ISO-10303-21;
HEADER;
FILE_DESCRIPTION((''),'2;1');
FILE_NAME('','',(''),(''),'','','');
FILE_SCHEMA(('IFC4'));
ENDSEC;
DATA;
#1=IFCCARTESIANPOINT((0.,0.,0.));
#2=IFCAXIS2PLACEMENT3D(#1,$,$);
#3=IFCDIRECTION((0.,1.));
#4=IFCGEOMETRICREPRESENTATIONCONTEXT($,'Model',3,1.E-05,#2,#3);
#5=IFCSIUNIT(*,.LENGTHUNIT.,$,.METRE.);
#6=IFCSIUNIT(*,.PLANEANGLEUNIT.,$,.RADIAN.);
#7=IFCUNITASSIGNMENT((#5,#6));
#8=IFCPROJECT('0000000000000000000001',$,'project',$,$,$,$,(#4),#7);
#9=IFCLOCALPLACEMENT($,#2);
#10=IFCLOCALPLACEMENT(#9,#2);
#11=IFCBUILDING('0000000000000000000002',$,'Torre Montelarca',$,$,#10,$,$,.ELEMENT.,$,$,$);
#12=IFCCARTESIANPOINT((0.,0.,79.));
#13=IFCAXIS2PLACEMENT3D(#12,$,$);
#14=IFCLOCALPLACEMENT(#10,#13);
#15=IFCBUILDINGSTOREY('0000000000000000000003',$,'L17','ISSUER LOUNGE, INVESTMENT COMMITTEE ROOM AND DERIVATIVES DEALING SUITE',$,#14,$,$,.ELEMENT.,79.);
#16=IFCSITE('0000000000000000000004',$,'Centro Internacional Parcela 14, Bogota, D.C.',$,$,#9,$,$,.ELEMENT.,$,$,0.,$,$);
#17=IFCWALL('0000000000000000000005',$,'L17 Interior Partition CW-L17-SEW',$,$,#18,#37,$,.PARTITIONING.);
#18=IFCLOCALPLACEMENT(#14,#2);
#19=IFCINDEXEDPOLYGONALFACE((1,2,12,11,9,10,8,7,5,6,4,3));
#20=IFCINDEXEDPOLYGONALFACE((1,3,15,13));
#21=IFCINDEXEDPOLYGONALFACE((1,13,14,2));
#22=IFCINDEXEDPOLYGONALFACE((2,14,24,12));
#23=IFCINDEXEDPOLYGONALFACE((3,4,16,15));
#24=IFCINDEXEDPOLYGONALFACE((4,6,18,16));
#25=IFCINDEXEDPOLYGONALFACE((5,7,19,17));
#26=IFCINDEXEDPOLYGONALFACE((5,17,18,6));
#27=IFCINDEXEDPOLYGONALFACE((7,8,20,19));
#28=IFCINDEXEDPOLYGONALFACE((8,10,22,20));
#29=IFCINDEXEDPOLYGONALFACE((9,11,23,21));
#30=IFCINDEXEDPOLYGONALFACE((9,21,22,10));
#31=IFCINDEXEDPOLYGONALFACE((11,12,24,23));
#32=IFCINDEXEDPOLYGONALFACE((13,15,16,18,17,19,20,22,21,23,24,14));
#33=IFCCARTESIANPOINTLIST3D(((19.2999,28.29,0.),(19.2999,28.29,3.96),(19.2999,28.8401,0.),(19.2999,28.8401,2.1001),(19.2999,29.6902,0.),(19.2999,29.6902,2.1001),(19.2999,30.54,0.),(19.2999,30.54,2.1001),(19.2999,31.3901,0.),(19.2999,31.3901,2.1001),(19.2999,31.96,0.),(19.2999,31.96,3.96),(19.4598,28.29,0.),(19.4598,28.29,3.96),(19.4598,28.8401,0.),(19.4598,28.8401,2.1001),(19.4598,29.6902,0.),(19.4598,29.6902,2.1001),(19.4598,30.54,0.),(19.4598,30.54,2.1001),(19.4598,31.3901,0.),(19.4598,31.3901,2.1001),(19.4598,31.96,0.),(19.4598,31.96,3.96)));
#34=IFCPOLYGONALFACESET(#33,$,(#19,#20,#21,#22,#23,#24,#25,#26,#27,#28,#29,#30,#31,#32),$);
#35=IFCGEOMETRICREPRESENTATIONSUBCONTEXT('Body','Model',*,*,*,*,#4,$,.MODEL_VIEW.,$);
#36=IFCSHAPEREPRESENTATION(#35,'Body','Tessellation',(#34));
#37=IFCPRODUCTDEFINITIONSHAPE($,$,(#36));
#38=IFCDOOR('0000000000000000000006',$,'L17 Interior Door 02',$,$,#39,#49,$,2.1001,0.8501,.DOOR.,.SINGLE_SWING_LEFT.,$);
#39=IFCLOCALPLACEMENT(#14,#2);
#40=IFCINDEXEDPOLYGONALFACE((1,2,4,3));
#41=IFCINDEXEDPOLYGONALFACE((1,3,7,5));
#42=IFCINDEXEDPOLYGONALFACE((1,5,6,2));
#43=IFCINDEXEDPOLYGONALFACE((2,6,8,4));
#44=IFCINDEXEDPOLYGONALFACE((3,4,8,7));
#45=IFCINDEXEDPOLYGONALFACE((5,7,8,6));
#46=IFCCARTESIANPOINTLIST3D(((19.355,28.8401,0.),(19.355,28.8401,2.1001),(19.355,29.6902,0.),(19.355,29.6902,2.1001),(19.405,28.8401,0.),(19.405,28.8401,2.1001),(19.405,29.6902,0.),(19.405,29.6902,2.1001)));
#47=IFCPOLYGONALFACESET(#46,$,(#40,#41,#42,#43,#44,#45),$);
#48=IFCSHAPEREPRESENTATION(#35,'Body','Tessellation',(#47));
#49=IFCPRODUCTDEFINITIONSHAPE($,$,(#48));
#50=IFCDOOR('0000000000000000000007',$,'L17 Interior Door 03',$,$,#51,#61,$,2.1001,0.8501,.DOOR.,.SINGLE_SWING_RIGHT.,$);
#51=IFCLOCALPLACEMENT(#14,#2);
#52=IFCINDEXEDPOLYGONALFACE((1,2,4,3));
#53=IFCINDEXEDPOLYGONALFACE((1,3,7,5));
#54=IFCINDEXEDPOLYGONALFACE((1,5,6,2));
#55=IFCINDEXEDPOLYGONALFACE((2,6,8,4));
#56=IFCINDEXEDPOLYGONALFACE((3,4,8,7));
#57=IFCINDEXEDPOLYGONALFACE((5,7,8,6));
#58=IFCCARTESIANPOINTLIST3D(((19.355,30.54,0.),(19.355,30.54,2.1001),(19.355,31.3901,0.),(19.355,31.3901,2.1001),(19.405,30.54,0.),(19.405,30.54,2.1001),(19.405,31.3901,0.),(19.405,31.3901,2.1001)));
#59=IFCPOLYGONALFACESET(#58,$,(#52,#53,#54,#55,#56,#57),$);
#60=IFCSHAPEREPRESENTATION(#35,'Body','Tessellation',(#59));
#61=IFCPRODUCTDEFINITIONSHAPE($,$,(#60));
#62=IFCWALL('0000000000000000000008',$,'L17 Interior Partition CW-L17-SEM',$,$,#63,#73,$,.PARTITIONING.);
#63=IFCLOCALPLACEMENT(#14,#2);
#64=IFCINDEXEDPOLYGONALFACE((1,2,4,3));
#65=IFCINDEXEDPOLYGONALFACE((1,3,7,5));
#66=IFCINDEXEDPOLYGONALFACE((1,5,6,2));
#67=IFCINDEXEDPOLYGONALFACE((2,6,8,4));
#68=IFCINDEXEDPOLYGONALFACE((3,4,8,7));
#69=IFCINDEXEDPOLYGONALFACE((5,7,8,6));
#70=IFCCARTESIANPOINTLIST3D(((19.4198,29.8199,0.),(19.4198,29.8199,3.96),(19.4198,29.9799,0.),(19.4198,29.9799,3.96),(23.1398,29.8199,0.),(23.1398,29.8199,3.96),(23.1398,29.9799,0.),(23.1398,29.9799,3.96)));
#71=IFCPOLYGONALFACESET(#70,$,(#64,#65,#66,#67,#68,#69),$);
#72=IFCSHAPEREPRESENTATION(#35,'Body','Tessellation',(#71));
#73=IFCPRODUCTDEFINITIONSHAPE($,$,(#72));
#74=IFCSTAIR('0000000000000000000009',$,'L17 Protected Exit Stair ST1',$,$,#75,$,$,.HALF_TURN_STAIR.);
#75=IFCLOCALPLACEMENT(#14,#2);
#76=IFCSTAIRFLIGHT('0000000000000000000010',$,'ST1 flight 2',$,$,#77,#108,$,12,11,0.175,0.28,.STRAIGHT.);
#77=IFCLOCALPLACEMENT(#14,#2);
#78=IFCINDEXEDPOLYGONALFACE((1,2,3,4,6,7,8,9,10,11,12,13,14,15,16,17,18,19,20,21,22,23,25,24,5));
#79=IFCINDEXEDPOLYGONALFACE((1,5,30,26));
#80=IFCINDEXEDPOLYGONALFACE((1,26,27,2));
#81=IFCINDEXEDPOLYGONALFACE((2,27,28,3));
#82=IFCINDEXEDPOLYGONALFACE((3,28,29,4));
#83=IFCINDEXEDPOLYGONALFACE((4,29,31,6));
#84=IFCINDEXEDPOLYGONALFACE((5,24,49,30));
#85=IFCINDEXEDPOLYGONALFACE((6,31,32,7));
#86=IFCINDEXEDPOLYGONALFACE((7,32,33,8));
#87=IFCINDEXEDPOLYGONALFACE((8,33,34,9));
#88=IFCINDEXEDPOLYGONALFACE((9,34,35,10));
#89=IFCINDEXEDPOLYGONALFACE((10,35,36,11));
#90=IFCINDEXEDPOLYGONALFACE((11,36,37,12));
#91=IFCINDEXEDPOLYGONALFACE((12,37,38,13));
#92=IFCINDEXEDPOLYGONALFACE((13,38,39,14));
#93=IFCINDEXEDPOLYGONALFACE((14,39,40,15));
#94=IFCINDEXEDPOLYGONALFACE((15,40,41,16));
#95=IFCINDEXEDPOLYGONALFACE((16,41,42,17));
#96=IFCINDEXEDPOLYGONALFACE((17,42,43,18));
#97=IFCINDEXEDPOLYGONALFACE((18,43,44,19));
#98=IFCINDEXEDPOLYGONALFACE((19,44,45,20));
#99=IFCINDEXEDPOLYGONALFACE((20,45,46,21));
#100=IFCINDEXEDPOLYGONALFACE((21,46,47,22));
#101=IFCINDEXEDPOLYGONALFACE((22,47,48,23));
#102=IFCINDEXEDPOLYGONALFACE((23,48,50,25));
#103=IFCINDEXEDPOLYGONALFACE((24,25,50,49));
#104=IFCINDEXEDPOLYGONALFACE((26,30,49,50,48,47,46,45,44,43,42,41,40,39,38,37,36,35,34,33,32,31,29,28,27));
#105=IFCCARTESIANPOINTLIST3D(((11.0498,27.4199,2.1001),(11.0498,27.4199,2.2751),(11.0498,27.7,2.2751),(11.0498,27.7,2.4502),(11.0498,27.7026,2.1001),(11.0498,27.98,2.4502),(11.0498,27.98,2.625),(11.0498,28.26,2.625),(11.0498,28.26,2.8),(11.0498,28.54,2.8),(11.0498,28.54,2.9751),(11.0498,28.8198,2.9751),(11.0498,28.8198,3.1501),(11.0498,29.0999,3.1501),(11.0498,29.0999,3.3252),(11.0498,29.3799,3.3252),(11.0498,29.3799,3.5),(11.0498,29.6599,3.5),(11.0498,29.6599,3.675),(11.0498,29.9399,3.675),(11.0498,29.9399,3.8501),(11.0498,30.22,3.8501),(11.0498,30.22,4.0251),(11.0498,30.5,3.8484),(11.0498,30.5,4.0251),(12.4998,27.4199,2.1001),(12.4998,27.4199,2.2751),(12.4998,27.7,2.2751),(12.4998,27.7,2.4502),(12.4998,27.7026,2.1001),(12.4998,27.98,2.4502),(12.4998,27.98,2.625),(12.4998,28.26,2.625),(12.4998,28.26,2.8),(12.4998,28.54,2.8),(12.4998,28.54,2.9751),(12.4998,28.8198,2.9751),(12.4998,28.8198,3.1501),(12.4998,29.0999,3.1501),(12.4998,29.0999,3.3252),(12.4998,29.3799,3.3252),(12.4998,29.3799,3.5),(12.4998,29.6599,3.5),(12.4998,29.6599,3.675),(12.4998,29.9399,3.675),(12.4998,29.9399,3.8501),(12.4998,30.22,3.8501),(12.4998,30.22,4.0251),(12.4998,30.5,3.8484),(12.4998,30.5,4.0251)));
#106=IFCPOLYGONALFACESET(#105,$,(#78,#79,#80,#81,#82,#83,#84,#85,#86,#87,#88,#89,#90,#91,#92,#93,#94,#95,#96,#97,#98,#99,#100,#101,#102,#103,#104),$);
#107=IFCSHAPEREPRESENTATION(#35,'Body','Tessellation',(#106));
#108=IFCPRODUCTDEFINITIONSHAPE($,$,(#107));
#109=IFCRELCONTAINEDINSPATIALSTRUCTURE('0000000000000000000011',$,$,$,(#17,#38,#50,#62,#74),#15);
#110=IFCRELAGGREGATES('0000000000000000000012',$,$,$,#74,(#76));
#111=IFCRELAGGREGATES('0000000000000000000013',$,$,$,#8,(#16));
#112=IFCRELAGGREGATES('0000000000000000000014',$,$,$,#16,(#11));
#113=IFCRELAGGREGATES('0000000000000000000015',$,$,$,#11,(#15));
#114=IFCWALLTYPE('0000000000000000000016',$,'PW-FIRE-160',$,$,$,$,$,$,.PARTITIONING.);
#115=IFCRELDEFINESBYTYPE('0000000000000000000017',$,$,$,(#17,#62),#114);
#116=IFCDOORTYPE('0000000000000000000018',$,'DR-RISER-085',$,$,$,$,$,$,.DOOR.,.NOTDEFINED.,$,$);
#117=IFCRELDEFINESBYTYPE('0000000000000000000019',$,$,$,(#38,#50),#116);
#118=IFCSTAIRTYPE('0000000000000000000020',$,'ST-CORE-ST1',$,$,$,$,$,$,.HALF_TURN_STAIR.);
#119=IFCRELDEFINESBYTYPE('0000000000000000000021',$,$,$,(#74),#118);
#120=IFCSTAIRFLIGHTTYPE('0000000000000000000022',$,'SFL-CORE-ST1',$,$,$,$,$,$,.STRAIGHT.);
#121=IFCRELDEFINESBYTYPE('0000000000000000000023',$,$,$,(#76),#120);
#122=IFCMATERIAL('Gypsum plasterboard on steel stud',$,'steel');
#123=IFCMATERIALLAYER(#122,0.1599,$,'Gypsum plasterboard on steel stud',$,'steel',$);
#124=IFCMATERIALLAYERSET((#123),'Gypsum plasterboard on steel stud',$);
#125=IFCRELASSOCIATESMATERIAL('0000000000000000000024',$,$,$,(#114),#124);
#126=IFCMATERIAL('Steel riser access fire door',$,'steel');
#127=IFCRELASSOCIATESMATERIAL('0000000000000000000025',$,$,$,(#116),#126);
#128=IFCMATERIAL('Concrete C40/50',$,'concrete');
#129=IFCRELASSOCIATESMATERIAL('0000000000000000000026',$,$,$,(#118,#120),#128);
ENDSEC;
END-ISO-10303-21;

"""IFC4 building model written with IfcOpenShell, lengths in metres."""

from ifc_helpers import new_model, si_unit, direction, frame, frame_2d, origin, place, context, subcontext, project, spatial, polyline, rectangle, outline, extrude, source, transform, mapped, material, layer, layer_set, type_object, element, fill, aggregate, save


model = new_model("IFC4")

# Units and contexts
model_context = context("Model", 3, precision=1e-05, world=origin(), true_north=direction((0.0, 1.0)))
body_context = subcontext(model_context, "Body", "Model", "MODEL_VIEW")
ifc_project = project(units=[si_unit("LENGTHUNIT", "METRE"), si_unit("PLANEANGLEUNIT", "RADIAN")], contexts=[model_context])

# Site, building, storey
site_placement = place(None, origin())
site = spatial("IfcSite", under=ifc_project, at=site_placement, Name="Centro Internacional Parcela 14, Bogota, D.C.", CompositionType="ELEMENT", RefElevation=0.0)
building_placement = place(site_placement, origin())
building = spatial("IfcBuilding", under=site, at=building_placement, Name="Torre Montelarca", CompositionType="ELEMENT")
storey_placement = place(building_placement, frame((0.0, 0.0, 79.0)))
storey = spatial("IfcBuildingStorey", under=building, at=storey_placement, Name="L17", Description="ISSUER LOUNGE, INVESTMENT COMMITTEE ROOM AND DERIVATIVES DEALING SUITE", CompositionType="ELEMENT", Elevation=79.0)

# Shared definitions
ifc_material_1 = material(Name="Concrete C40/50", Category="concrete")

# Shared definitions
ifc_material_2 = material(Name="Gypsum plasterboard on steel stud", Category="steel")
ifc_layer_1 = layer(ifc_material_2, 0.1599, Name="Gypsum plasterboard on steel stud", Category="steel")
ifc_layer_set_1 = layer_set([ifc_layer_1], Name="Gypsum plasterboard on steel stud")
wall_type_1 = type_object("IfcWallType", Name="PW-FIRE-160", PredefinedType="PARTITIONING", material=ifc_layer_set_1)

# Wall, openings, doors
wall_1_placement = place(storey_placement, frame((19.3799, 28.29, 0.0), z_axis=(0.0, 0.0, 1.0), x_axis=(0.0, 1.0, 0.0)))
wall_1 = element("IfcWall", 1, at=wall_1_placement, inside=storey, type_object=wall_type_1, Name="L17 Interior Partition CW-L17-SEW", PredefinedType="PARTITIONING", context=body_context, shape_type="SweptSolid", body=[
    extrude(rectangle(XDim=3.6699, YDim=0.1599, at=frame_2d((1.835, 0.0))), origin(), (0.0, 0.0, 1.0), 3.96),
])
opening_1_placement = place(wall_1_placement, frame((0.55, 0.0, 0.0)))
opening_1 = element("IfcOpeningElement", 2, at=opening_1_placement, cuts=wall_1, PredefinedType="OPENING", context=body_context, shape_type="SweptSolid", body=[
    extrude(rectangle(XDim=0.8501, YDim=2.1001, at=frame_2d((0.425, 1.05))), frame((0.0, 0.0898, 0.0), z_axis=(0.0, -1.0, 0.0), x_axis=(1.0, 0.0, 0.0)), (0.0, 0.0, 1.0), 0.1799),
])
opening_2_placement = place(wall_1_placement, frame((2.25, 0.0, 0.0)))
opening_2 = element("IfcOpeningElement", 3, at=opening_2_placement, cuts=wall_1, PredefinedType="OPENING", context=body_context, shape_type="SweptSolid", body=[
    extrude(rectangle(XDim=0.8501, YDim=2.1001, at=frame_2d((0.425, 1.05))), frame((0.0, 0.0898, 0.0), z_axis=(0.0, -1.0, 0.0), x_axis=(1.0, 0.0, 0.0)), (0.0, 0.0, 1.0), 0.1799),
])
ifc_material_3 = material(Name="Steel riser access fire door", Category="steel")
door_type_1 = type_object("IfcDoorType", Name="DR-RISER-085", OperationType="NOTDEFINED", PredefinedType="DOOR", material=ifc_material_3)
shared_shape_1 = source(origin(), body_context, "Body", "SweptSolid", [
    extrude(rectangle(XDim=0.8501, YDim=2.1001, at=frame_2d((0.425, 1.05))), frame((0.0, 0.0249, 0.0), z_axis=(0.0, -1.0, 0.0), x_axis=(1.0, 0.0, 0.0)), (0.0, 0.0, 1.0), 0.05),
])
door_1_placement = place(opening_1_placement, origin())
door_1 = element("IfcDoor", 4, at=door_1_placement, inside=storey, type_object=door_type_1, Name="L17 Interior Door 02", OperationType="SINGLE_SWING_LEFT", OverallHeight=2.1001, OverallWidth=0.8501, PredefinedType="DOOR", context=body_context, shape_type="MappedRepresentation", body=[
    mapped(shared_shape_1, transform((0.0, 0.0, 0.0), scale=1.0)),
])
fill(opening_1, door_1)
door_2_placement = place(opening_2_placement, origin())
door_2 = element("IfcDoor", 5, at=door_2_placement, inside=storey, type_object=door_type_1, Name="L17 Interior Door 03", OperationType="SINGLE_SWING_RIGHT", OverallHeight=2.1001, OverallWidth=0.8501, PredefinedType="DOOR", context=body_context, shape_type="MappedRepresentation", body=[
    mapped(shared_shape_1, transform((0.0, 0.0, 0.0), scale=1.0)),
])
fill(opening_2, door_2)

# Wall
wall_2_placement = place(storey_placement, frame((19.4199, 29.8999, 0.0), z_axis=(0.0, 0.0, 1.0), x_axis=(1.0, 0.0, 0.0)))
element("IfcWall", 6, at=wall_2_placement, inside=storey, type_object=wall_type_1, Name="L17 Interior Partition CW-L17-SEM", PredefinedType="PARTITIONING", context=body_context, shape_type="SweptSolid", body=[
    extrude(rectangle(XDim=3.72, YDim=0.1599, at=frame_2d((1.8599, 0.0))), origin(), (0.0, 0.0, 1.0), 3.96),
])

# Stair, stair flight
stair_type = type_object("IfcStairType", Name="ST-CORE-ST1", PredefinedType="HALF_TURN_STAIR", material=ifc_material_1)
stair_placement = place(storey_placement, origin())
stair = element("IfcStair", 7, at=stair_placement, inside=storey, type_object=stair_type, Name="L17 Protected Exit Stair ST1", PredefinedType="HALF_TURN_STAIR")
stair_flight_type = type_object("IfcStairFlightType", Name="SFL-CORE-ST1", PredefinedType="STRAIGHT", material=ifc_material_1)
stair_flight_placement = place(storey_placement, frame((11.7749, 27.4199, 2.1001), z_axis=(0.0, 0.0, 1.0), x_axis=(0.0, 1.0, 0.0)))
stair_flight = element("IfcStairFlight", 8, at=stair_flight_placement, type_object=stair_flight_type, Name="ST1 flight 2", NumberOfRisers=12, NumberOfTreads=11, PredefinedType="STRAIGHT", RiserHeight=0.175, TreadLength=0.28, context=body_context, shape_type="SweptSolid", body=[
    extrude(outline(polyline([(0.0, 0.0), (0.0, 0.175), (0.28, 0.175), (0.28, 0.3501), (0.5601, 0.3501), (0.5601, 0.5249), (0.8401, 0.5249), (0.8401, 0.7), (1.1201, 0.7), (1.1201, 0.875), (1.3999, 0.875), (1.3999, 1.05), (1.6799, 1.05), (1.6799, 1.2251), (1.96, 1.2251), (1.96, 1.3999), (2.24, 1.3999), (2.24, 1.575), (2.52, 1.575), (2.52, 1.75), (2.8, 1.75), (2.8, 1.925), (3.0801, 1.925), (3.0801, 2.1001), (3.0801, 1.7483), (0.2827, 0.0), (0.0, 0.0)])), frame((0.0, 0.7251, 0.0), z_axis=(0.0, -1.0, 0.0), x_axis=(1.0, 0.0, 0.0)), (0.0, 0.0, 1.0), 1.45),
])
aggregate(stair, [stair_flight])

save(model, "model.ifc")
